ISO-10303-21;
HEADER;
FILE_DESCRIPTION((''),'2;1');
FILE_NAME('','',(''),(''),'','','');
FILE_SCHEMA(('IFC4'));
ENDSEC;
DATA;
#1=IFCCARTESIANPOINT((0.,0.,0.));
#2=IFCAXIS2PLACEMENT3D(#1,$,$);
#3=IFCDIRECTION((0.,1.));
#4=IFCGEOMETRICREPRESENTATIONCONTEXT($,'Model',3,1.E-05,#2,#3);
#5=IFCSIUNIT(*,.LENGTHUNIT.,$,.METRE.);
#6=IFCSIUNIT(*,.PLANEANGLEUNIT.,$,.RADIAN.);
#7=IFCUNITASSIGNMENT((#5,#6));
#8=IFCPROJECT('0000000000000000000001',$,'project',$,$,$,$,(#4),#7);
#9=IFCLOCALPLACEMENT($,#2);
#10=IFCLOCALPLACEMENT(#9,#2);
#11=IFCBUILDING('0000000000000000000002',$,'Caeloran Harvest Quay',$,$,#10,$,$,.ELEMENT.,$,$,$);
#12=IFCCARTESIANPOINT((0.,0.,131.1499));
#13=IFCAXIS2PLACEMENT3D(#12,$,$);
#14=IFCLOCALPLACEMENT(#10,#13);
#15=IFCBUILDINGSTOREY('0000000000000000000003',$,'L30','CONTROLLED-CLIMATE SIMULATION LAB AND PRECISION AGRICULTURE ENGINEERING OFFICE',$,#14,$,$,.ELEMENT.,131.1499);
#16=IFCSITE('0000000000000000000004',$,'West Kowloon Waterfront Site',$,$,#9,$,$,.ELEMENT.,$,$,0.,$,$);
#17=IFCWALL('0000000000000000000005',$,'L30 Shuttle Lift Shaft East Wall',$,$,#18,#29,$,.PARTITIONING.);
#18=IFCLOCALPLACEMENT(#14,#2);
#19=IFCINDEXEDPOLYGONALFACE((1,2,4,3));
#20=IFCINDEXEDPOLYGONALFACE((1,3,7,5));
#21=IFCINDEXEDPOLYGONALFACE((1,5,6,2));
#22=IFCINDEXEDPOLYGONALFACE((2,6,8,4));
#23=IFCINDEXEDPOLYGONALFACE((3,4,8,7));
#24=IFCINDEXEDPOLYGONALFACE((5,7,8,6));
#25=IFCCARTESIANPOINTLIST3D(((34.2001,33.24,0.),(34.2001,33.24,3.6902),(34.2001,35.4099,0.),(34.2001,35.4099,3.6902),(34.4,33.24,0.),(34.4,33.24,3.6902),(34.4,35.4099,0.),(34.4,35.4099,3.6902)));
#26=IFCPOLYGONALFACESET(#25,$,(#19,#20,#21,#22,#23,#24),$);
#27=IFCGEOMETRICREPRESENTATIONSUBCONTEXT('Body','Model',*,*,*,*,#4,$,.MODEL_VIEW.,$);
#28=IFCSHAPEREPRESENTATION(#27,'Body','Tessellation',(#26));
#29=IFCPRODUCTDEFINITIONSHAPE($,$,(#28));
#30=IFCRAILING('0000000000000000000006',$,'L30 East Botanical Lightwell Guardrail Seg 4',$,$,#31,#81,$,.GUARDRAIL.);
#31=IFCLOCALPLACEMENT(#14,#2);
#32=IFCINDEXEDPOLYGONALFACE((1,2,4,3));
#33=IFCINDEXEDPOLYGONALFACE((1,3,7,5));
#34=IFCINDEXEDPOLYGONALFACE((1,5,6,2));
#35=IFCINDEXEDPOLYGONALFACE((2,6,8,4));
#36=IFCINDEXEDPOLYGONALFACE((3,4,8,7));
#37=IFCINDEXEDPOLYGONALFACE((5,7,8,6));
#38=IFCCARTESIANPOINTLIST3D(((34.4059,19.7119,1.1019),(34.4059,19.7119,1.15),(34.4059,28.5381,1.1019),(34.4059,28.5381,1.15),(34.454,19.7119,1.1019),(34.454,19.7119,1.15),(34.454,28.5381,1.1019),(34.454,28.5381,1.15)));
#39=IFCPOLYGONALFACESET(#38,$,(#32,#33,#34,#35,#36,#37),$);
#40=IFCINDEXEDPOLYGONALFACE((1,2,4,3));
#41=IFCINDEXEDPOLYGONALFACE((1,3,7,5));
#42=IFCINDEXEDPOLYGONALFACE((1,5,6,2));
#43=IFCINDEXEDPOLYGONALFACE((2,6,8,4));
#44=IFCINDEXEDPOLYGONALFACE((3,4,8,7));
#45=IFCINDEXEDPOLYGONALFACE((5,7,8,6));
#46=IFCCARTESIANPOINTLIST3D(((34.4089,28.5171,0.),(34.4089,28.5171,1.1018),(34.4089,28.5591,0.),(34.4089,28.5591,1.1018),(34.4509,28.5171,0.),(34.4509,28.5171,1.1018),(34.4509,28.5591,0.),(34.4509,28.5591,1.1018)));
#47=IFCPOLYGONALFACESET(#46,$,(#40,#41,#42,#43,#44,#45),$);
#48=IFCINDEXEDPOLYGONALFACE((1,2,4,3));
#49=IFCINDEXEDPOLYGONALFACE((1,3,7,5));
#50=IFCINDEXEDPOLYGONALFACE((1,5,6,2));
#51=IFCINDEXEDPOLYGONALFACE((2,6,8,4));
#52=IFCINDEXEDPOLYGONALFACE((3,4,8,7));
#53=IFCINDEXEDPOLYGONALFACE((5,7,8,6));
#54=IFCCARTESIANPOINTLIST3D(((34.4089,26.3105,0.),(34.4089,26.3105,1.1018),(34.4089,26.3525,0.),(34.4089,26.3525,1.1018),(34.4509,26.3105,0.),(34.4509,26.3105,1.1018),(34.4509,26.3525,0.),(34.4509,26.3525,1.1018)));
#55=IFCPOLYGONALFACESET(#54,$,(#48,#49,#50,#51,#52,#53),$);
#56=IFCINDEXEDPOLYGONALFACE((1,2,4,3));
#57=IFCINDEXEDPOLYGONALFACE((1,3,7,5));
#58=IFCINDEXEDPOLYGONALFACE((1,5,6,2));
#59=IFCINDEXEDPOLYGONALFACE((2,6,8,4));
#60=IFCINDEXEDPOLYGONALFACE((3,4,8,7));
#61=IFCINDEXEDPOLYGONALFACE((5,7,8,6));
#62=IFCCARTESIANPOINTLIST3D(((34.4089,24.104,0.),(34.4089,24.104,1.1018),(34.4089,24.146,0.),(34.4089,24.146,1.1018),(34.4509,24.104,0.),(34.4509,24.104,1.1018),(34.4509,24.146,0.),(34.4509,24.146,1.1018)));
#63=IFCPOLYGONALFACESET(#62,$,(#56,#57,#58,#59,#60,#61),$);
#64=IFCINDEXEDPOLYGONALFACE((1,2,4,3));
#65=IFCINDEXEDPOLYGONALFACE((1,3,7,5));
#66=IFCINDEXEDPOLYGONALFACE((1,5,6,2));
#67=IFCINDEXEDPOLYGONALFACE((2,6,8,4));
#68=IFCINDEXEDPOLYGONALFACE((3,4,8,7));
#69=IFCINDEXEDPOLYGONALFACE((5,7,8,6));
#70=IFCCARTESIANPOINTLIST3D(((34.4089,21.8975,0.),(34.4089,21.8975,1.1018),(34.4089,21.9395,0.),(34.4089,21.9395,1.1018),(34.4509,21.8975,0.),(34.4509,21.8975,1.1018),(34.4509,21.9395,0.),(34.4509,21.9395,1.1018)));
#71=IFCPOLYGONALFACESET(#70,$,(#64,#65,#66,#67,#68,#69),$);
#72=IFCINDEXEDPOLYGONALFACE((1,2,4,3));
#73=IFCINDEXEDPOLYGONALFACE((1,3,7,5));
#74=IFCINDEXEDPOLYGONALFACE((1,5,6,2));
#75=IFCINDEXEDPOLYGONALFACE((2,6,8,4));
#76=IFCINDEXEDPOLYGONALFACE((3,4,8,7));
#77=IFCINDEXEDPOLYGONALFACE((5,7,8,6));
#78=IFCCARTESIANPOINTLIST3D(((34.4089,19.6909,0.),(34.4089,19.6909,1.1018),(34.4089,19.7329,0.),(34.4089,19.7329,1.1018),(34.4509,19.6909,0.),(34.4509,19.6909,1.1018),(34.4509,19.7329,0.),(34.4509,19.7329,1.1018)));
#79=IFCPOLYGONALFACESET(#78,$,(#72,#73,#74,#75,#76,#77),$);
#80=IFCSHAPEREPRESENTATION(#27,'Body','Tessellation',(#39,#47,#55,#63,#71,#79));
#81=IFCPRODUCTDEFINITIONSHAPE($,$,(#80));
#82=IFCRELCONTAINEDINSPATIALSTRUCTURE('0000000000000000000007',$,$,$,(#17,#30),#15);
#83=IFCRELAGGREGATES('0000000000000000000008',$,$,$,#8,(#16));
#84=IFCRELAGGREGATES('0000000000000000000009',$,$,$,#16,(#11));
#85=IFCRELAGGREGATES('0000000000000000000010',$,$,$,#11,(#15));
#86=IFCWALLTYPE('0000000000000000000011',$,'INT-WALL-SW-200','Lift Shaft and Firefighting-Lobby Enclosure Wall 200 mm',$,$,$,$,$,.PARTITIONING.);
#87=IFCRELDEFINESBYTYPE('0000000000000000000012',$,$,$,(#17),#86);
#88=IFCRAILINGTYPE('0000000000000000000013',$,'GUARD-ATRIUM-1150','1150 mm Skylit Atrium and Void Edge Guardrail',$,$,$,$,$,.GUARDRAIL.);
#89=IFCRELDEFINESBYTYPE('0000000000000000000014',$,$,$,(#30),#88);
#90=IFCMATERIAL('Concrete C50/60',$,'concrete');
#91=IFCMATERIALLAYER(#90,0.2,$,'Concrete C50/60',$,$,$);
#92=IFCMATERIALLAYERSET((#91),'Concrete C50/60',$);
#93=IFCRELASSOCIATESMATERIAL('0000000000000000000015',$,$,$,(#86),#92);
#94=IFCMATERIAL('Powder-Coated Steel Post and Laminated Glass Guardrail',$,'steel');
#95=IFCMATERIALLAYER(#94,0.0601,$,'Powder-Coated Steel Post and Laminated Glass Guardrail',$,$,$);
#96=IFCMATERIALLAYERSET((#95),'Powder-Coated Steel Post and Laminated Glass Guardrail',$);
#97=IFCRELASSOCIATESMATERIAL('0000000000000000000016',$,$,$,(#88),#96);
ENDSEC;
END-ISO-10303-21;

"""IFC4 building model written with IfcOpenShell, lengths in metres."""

from ifc_helpers import new_model, si_unit, direction, frame, frame_2d, origin, origin_2d, place, context, subcontext, project, spatial, rectangle, extrude, material, layer, layer_set, type_object, element, save


model = new_model("IFC4")

# Units and contexts
model_context = context("Model", 3, precision=1e-05, world=origin(), true_north=direction((0.0, 1.0)))
body_context = subcontext(model_context, "Body", "Model", "MODEL_VIEW")
ifc_project = project(units=[si_unit("LENGTHUNIT", "METRE"), si_unit("PLANEANGLEUNIT", "RADIAN")], contexts=[model_context])

# Site, building, storey
site_placement = place(None, origin())
site = spatial("IfcSite", under=ifc_project, at=site_placement, Name="West Kowloon Waterfront Site", CompositionType="ELEMENT", RefElevation=0.0)
building_placement = place(site_placement, origin())
building = spatial("IfcBuilding", under=site, at=building_placement, Name="Caeloran Harvest Quay", CompositionType="ELEMENT")
storey_placement = place(building_placement, frame((0.0, 0.0, 131.1499)))
storey = spatial("IfcBuildingStorey", under=building, at=storey_placement, Name="L30", Description="CONTROLLED-CLIMATE SIMULATION LAB AND PRECISION AGRICULTURE ENGINEERING OFFICE", CompositionType="ELEMENT", Elevation=131.1499)

# Shared definitions
ifc_material_1 = material(Name="Concrete C50/60", Category="concrete")
ifc_layer_1 = layer(ifc_material_1, 0.2, Name="Concrete C50/60")
ifc_layer_set_1 = layer_set([ifc_layer_1], Name="Concrete C50/60")
wall_type_1 = type_object("IfcWallType", Name="INT-WALL-SW-200", Description="Lift Shaft and Firefighting-Lobby Enclosure Wall 200 mm", PredefinedType="PARTITIONING", material=ifc_layer_set_1)

# Wall
wall_1_placement = place(storey_placement, frame((34.3, 33.24, 0.0), z_axis=(0.0, 0.0, 1.0), x_axis=(0.0, 1.0, 0.0)))
element("IfcWall", 1, at=wall_1_placement, inside=storey, type_object=wall_type_1, Name="L30 Shuttle Lift Shaft East Wall", PredefinedType="PARTITIONING", context=body_context, shape_type="SweptSolid", body=[
    extrude(rectangle(XDim=2.1699, YDim=0.2, at=frame_2d((1.085, 0.0))), origin(), (0.0, 0.0, 1.0), 3.6902),
])

# Railing
ifc_material_2 = material(Name="Powder-Coated Steel Post and Laminated Glass Guardrail", Category="steel")
ifc_layer_2 = layer(ifc_material_2, 0.0601, Name="Powder-Coated Steel Post and Laminated Glass Guardrail")
ifc_layer_set_2 = layer_set([ifc_layer_2], Name="Powder-Coated Steel Post and Laminated Glass Guardrail")
railing_type = type_object("IfcRailingType", Name="GUARD-ATRIUM-1150", Description="1150 mm Skylit Atrium and Void Edge Guardrail", PredefinedType="GUARDRAIL", material=ifc_layer_set_2)
railing_placement = place(storey_placement, frame((34.4299, 28.5381, 0.0)))
element("IfcRailing", 2, at=railing_placement, inside=storey, type_object=railing_type, Name="L30 East Botanical Lightwell Guardrail Seg 4", PredefinedType="GUARDRAIL", context=body_context, shape_type="SweptSolid", body=[
    extrude(rectangle(XDim=0.0481, YDim=0.0481, at=origin_2d()), frame((0.0, 0.0, 1.126), z_axis=(0.0, -1.0, 0.0), x_axis=(1.0, 0.0, 0.0)), (0.0, 0.0, 1.0), 8.8262),
    extrude(rectangle(XDim=0.042, YDim=0.042, at=origin_2d()), origin(), (0.0, 0.0, 1.0), 1.1018),
    extrude(rectangle(XDim=0.042, YDim=0.042, at=origin_2d()), frame((0.0, -2.2065, 0.0)), (0.0, 0.0, 1.0), 1.1018),
    extrude(rectangle(XDim=0.042, YDim=0.042, at=origin_2d()), frame((0.0, -4.4131, 0.0)), (0.0, 0.0, 1.0), 1.1018),
    extrude(rectangle(XDim=0.042, YDim=0.042, at=origin_2d()), frame((0.0, -6.6196, 0.0)), (0.0, 0.0, 1.0), 1.1018),
    extrude(rectangle(XDim=0.042, YDim=0.042, at=origin_2d()), frame((0.0, -8.8262, 0.0)), (0.0, 0.0, 1.0), 1.1018),
])

save(model, "model.ifc")
